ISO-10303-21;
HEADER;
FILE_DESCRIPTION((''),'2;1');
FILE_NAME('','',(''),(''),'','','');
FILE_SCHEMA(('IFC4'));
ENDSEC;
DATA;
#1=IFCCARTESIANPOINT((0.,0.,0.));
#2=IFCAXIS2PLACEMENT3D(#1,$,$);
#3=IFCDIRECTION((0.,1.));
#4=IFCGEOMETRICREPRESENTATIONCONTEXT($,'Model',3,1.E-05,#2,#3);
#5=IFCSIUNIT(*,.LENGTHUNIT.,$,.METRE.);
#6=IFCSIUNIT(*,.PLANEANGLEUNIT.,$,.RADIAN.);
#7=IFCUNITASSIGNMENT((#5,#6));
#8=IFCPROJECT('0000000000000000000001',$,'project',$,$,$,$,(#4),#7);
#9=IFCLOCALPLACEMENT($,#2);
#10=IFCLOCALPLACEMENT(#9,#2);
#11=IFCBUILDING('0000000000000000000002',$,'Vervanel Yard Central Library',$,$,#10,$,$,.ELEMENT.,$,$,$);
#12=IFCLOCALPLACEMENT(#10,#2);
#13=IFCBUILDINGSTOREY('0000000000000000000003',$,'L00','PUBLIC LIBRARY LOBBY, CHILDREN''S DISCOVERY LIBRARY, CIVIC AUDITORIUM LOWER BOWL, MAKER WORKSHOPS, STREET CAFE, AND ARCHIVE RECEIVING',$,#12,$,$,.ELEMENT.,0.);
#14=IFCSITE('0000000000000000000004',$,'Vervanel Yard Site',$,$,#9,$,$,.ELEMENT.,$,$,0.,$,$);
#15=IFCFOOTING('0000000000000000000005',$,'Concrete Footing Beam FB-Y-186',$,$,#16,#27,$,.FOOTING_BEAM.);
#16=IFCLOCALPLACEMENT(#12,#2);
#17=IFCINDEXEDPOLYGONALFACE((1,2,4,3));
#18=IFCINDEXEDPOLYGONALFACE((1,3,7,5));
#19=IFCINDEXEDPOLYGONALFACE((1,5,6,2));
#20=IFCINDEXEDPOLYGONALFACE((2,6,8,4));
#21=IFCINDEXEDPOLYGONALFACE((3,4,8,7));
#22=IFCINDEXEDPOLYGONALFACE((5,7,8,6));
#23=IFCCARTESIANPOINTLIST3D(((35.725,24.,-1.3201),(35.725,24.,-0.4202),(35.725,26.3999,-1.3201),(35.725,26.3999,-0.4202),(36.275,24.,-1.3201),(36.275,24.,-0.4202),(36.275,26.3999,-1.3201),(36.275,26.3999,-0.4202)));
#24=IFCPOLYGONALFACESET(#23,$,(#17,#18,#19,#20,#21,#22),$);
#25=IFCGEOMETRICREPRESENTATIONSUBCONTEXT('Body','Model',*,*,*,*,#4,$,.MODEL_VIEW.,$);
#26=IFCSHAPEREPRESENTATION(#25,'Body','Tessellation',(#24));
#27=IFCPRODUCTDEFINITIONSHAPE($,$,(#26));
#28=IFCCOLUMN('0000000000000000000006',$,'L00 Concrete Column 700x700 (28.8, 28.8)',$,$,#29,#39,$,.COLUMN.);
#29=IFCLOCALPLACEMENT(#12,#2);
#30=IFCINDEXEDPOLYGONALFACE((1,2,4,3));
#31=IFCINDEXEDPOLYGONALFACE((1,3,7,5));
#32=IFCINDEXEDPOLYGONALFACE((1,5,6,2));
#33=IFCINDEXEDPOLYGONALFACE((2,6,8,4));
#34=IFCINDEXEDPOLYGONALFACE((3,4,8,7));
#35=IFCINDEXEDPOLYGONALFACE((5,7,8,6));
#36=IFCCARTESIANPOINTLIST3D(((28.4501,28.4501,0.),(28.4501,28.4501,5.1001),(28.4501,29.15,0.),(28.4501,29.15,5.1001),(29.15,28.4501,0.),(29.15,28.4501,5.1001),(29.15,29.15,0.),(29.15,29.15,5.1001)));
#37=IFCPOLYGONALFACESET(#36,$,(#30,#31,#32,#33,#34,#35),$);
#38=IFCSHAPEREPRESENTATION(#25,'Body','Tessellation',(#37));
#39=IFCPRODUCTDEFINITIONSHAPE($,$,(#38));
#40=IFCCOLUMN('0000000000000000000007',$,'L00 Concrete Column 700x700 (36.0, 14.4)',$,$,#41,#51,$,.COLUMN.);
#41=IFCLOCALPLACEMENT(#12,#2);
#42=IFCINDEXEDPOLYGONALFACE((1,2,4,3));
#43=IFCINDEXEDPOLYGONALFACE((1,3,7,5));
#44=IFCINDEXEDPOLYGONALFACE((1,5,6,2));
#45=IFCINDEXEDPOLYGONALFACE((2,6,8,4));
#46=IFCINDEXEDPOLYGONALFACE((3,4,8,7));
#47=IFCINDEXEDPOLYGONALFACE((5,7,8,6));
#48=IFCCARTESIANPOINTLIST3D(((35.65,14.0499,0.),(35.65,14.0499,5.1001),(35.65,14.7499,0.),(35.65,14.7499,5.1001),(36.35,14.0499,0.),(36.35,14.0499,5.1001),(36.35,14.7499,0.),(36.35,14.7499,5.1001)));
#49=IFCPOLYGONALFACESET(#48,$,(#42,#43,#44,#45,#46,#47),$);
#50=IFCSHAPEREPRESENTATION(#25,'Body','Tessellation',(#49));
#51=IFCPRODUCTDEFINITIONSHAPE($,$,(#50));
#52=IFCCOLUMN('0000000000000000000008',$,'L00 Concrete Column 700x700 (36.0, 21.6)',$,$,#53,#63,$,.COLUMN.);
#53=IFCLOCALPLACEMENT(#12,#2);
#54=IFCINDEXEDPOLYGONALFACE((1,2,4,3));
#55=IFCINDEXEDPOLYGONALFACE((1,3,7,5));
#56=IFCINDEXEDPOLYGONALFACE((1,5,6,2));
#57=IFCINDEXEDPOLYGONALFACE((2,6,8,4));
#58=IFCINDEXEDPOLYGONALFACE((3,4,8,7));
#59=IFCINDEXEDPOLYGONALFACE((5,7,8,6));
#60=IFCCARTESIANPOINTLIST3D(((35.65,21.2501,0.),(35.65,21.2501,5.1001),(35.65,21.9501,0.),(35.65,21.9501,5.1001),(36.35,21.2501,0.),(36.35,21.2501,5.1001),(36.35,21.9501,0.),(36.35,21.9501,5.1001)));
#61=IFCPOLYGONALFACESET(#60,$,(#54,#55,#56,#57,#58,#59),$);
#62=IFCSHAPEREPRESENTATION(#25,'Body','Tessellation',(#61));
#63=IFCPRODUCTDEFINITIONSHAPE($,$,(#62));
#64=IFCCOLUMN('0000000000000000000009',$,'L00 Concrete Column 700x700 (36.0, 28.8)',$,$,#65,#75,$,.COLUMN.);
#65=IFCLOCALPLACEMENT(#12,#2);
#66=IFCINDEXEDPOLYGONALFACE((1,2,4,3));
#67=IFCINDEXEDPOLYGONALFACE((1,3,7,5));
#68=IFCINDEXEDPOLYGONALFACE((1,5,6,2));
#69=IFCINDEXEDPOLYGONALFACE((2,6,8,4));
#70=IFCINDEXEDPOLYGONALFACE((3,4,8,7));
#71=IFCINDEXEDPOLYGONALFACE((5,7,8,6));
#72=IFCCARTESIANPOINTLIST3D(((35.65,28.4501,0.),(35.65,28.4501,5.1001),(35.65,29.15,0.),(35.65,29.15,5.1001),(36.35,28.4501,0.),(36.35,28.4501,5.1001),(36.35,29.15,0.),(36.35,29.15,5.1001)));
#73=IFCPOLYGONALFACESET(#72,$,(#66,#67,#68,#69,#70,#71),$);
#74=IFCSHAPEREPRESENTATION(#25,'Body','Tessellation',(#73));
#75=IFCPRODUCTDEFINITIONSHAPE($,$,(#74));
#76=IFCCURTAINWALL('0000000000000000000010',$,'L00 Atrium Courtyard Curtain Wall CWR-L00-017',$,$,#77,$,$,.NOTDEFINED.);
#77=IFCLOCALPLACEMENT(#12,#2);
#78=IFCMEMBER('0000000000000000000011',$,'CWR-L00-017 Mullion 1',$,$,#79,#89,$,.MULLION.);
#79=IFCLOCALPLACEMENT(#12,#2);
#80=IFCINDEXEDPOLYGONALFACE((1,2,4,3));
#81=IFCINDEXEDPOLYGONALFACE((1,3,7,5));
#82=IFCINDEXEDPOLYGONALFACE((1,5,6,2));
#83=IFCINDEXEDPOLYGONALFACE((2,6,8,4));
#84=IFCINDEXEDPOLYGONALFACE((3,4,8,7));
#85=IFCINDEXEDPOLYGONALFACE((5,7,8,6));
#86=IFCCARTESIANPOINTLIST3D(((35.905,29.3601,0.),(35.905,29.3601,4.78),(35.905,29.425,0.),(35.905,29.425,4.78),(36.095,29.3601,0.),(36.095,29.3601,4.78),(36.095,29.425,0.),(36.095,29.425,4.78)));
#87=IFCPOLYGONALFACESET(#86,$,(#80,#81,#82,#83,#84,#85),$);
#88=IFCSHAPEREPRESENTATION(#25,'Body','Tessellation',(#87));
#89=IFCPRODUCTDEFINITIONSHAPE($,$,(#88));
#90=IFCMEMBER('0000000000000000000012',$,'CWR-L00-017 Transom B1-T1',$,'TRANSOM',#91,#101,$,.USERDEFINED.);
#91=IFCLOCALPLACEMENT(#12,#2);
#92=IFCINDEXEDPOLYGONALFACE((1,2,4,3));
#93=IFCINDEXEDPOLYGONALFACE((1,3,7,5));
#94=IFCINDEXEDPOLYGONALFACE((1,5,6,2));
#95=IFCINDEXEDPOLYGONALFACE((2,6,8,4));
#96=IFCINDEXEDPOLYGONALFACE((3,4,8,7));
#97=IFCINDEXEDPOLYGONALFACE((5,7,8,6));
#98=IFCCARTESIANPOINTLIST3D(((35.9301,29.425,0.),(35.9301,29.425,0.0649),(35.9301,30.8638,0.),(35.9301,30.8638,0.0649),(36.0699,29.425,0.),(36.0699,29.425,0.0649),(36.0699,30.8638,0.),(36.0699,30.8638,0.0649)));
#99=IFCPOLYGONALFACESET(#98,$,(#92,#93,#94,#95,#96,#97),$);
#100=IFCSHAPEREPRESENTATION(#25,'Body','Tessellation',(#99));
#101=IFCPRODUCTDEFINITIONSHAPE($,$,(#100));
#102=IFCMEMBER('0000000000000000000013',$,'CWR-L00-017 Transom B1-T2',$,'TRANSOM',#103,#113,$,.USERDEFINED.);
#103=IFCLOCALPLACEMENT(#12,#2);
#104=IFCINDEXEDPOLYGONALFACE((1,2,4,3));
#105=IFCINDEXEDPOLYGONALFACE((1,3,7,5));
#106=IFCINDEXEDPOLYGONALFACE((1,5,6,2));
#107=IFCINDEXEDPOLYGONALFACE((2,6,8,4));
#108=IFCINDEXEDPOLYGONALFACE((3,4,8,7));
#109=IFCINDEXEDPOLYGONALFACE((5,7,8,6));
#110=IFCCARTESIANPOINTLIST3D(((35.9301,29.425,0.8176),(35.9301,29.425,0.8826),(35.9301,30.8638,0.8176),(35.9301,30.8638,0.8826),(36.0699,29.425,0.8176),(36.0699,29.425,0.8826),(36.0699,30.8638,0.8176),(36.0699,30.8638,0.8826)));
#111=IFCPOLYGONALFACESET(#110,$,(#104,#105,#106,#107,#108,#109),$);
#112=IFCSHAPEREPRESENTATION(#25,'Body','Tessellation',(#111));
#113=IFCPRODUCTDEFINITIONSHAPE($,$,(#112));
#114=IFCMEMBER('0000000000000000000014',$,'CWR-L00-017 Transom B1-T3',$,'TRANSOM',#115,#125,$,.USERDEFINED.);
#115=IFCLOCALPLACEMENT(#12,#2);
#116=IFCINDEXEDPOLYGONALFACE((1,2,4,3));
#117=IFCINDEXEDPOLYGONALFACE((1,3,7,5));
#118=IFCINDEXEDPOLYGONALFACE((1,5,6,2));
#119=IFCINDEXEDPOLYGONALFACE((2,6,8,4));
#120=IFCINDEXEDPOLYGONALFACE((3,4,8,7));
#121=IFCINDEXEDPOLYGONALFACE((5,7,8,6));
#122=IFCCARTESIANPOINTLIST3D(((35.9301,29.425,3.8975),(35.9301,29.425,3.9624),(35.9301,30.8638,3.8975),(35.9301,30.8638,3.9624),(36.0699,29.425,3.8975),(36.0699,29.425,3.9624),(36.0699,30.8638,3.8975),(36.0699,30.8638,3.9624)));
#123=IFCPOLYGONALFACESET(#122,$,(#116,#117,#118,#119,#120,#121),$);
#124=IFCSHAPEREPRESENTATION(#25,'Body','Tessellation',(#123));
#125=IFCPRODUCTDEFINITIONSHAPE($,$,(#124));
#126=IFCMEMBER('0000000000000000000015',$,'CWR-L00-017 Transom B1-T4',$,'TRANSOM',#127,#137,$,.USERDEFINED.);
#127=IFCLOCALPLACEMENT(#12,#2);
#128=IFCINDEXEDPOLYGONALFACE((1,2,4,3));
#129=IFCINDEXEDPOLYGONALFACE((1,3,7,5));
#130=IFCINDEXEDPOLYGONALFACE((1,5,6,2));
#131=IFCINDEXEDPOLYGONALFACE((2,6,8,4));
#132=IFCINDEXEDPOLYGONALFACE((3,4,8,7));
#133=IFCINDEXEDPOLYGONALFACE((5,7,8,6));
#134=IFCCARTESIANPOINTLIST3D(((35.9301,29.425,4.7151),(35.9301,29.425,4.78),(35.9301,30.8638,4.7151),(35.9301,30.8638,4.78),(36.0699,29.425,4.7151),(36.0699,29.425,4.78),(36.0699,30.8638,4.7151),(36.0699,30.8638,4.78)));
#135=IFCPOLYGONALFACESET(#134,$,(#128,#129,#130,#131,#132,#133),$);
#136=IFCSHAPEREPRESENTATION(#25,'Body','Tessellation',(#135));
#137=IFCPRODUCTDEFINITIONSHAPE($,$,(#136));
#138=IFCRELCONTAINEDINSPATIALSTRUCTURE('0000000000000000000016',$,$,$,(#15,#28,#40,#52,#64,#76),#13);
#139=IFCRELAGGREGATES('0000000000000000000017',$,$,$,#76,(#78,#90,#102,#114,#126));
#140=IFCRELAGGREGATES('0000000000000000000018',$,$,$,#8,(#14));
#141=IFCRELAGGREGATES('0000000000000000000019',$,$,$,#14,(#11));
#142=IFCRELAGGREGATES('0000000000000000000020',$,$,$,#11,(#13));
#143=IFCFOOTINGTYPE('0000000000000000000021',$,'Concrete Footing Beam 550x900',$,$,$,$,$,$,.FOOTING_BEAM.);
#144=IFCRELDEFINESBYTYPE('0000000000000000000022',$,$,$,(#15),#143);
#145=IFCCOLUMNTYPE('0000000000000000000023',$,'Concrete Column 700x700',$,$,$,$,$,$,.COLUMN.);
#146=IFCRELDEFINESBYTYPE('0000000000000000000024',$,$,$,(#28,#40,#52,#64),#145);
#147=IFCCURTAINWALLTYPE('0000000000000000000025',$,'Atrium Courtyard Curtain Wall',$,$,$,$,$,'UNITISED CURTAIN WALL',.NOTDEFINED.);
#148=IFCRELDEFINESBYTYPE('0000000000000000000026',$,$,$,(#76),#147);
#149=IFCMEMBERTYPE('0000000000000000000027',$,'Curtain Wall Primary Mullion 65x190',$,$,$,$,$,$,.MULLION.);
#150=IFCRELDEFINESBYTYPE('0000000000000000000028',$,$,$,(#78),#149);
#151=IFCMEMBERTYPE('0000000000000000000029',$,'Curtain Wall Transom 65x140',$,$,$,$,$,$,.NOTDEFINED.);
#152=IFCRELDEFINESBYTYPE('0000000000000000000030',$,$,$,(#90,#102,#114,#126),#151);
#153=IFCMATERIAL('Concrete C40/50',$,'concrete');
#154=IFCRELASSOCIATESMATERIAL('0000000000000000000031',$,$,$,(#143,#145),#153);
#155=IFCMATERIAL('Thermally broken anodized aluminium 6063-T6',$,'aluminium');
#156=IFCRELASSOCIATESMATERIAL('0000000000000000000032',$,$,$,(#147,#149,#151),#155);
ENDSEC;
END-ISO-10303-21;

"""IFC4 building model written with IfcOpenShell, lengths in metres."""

from ifc_helpers import new_model, si_unit, direction, frame, origin, origin_2d, place, context, subcontext, project, spatial, rectangle, extrude, material, material_profile, profile_set, type_object, element, aggregate, save


model = new_model("IFC4")

# Units and contexts
model_context = context("Model", 3, precision=1e-05, world=origin(), true_north=direction((0.0, 1.0)))
body_context = subcontext(model_context, "Body", "Model", "MODEL_VIEW")
ifc_project = project(units=[si_unit("LENGTHUNIT", "METRE"), si_unit("PLANEANGLEUNIT", "RADIAN")], contexts=[model_context])

# Site, building, storey
site_placement = place(None, origin())
site = spatial("IfcSite", under=ifc_project, at=site_placement, Name="Vervanel Yard Site", CompositionType="ELEMENT", RefElevation=0.0)
building_placement = place(site_placement, origin())
building = spatial("IfcBuilding", under=site, at=building_placement, Name="Vervanel Yard Central Library", CompositionType="ELEMENT")
storey_placement = place(building_placement, origin())
storey = spatial("IfcBuildingStorey", under=building, at=storey_placement, Name="L00", Description="PUBLIC LIBRARY LOBBY, CHILDREN'S DISCOVERY LIBRARY, CIVIC AUDITORIUM LOWER BOWL, MAKER WORKSHOPS, STREET CAFE, AND ARCHIVE RECEIVING", CompositionType="ELEMENT", Elevation=0.0)

# Shared definitions
ifc_material_1 = material(Name="Concrete C40/50", Category="concrete")

# Footing
ifc_material_profile_1 = material_profile(ifc_material_1, rectangle(XDim=0.55, YDim=0.8999, at=origin_2d()), Name="RC 550x900", Category="concrete")
ifc_profile_set_1 = profile_set([ifc_material_profile_1], Name="Concrete C40/50")
footing_type_1 = type_object("IfcFootingType", Name="Concrete Footing Beam 550x900", PredefinedType="FOOTING_BEAM", material=ifc_profile_set_1)
for number, where, z_axis, x_axis, name in (
    (1, (36.0, 24.0, -0.8701), (0.0, 1.0, 0.0), (-1.0, 0.0, 0.0), "Concrete Footing Beam FB-Y-186"),
):
    element("IfcFooting", number, at=place(storey_placement, frame(where, z_axis=z_axis, x_axis=x_axis)), inside=storey, type_object=footing_type_1, Name=name, PredefinedType="FOOTING_BEAM", context=body_context, shape_type="SweptSolid", body=[
        extrude(rectangle(XDim=0.55, YDim=0.8999, at=origin_2d()), origin(), (0.0, 0.0, 1.0), 2.3999),
    ])

# Columns
ifc_material_profile_2 = material_profile(ifc_material_1, rectangle(XDim=0.7, YDim=0.7, at=origin_2d()), Name="RC 700x700", Category="concrete")
ifc_profile_set_2 = profile_set([ifc_material_profile_2], Name="Concrete C40/50")
column_type = type_object("IfcColumnType", Name="Concrete Column 700x700", PredefinedType="COLUMN", material=ifc_profile_set_2)
for number, where, z_axis, x_axis, name in (
    (2, (28.8, 28.8, 0.0), (0.0, 0.0, 1.0), (1.0, 0.0, 0.0), "L00 Concrete Column 700x700 (28.8, 28.8)"),
    (3, (36.0, 14.3999, 0.0), (0.0, 0.0, 1.0), (1.0, 0.0, 0.0), "L00 Concrete Column 700x700 (36.0, 14.4)"),
    (4, (36.0, 21.6001, 0.0), (0.0, 0.0, 1.0), (1.0, 0.0, 0.0), "L00 Concrete Column 700x700 (36.0, 21.6)"),
    (5, (36.0, 28.8, 0.0), (0.0, 0.0, 1.0), (1.0, 0.0, 0.0), "L00 Concrete Column 700x700 (36.0, 28.8)"),
):
    element("IfcColumn", number, at=place(storey_placement, frame(where, z_axis=z_axis, x_axis=x_axis)), inside=storey, type_object=column_type, Name=name, PredefinedType="COLUMN", context=body_context, shape_type="SweptSolid", body=[
        extrude(rectangle(XDim=0.7, YDim=0.7, at=origin_2d()), origin(), (0.0, 0.0, 1.0), 5.1001),
    ])

# Curtain wall, members
ifc_material_2 = material(Name="Thermally broken anodized aluminium 6063-T6", Category="aluminium")
curtain_wall_type = type_object("IfcCurtainWallType", Name="Atrium Courtyard Curtain Wall", ElementType="UNITISED CURTAIN WALL", PredefinedType="NOTDEFINED", material=ifc_material_2)
curtain_wall_placement = place(storey_placement, origin())
curtain_wall = element("IfcCurtainWall", 6, at=curtain_wall_placement, inside=storey, type_object=curtain_wall_type, Name="L00 Atrium Courtyard Curtain Wall CWR-L00-017", PredefinedType="NOTDEFINED")
ifc_material_profile_3 = material_profile(ifc_material_2, rectangle(XDim=0.0649, YDim=0.1899, at=origin_2d()), Name="ALU 65x190", Category="aluminium")
ifc_profile_set_3 = profile_set([ifc_material_profile_3], Name="Thermally broken anodized aluminium 6063-T6")
member_type_1 = type_object("IfcMemberType", Name="Curtain Wall Primary Mullion 65x190", PredefinedType="MULLION", material=ifc_profile_set_3)
member_1_placement = place(storey_placement, frame((36.0, 29.3926, 0.0), z_axis=(0.0, 0.0, 1.0), x_axis=(0.0, 1.0, 0.0)))
member_1 = element("IfcMember", 7, at=member_1_placement, type_object=member_type_1, Name="CWR-L00-017 Mullion 1", PredefinedType="MULLION", context=body_context, shape_type="SweptSolid", body=[
    extrude(rectangle(XDim=0.0649, YDim=0.1899, at=origin_2d()), origin(), (0.0, 0.0, 1.0), 4.78),
])
ifc_material_profile_4 = material_profile(ifc_material_2, rectangle(XDim=0.0649, YDim=0.1399, at=origin_2d()), Name="ALU 65x140", Category="aluminium")
ifc_profile_set_4 = profile_set([ifc_material_profile_4], Name="Thermally broken anodized aluminium 6063-T6")
member_type_2 = type_object("IfcMemberType", Name="Curtain Wall Transom 65x140", PredefinedType="NOTDEFINED", material=ifc_profile_set_4)
member_2_placement = place(storey_placement, frame((36.0, 29.425, 0.0325), z_axis=(0.0, 1.0, 0.0), x_axis=(0.0, 0.0, 1.0)))
member_2 = element("IfcMember", 8, at=member_2_placement, type_object=member_type_2, Name="CWR-L00-017 Transom B1-T1", ObjectType="TRANSOM", PredefinedType="USERDEFINED", context=body_context, shape_type="SweptSolid", body=[
    extrude(rectangle(XDim=0.0649, YDim=0.1399, at=origin_2d()), origin(), (0.0, 0.0, 1.0), 1.4387),
])
member_3_placement = place(storey_placement, frame((36.0, 29.425, 0.8501), z_axis=(0.0, 1.0, 0.0), x_axis=(0.0, 0.0, 1.0)))
member_3 = element("IfcMember", 9, at=member_3_placement, type_object=member_type_2, Name="CWR-L00-017 Transom B1-T2", ObjectType="TRANSOM", PredefinedType="USERDEFINED", context=body_context, shape_type="SweptSolid", body=[
    extrude(rectangle(XDim=0.0649, YDim=0.1399, at=origin_2d()), origin(), (0.0, 0.0, 1.0), 1.4387),
])
member_4_placement = place(storey_placement, frame((36.0, 29.425, 3.9299), z_axis=(0.0, 1.0, 0.0), x_axis=(0.0, 0.0, 1.0)))
member_4 = element("IfcMember", 10, at=member_4_placement, type_object=member_type_2, Name="CWR-L00-017 Transom B1-T3", ObjectType="TRANSOM", PredefinedType="USERDEFINED", context=body_context, shape_type="SweptSolid", body=[
    extrude(rectangle(XDim=0.0649, YDim=0.1399, at=origin_2d()), origin(), (0.0, 0.0, 1.0), 1.4387),
])
member_5_placement = place(storey_placement, frame((36.0, 29.425, 4.7476), z_axis=(0.0, 1.0, 0.0), x_axis=(0.0, 0.0, 1.0)))
member_5 = element("IfcMember", 11, at=member_5_placement, type_object=member_type_2, Name="CWR-L00-017 Transom B1-T4", ObjectType="TRANSOM", PredefinedType="USERDEFINED", context=body_context, shape_type="SweptSolid", body=[
    extrude(rectangle(XDim=0.0649, YDim=0.1399, at=origin_2d()), origin(), (0.0, 0.0, 1.0), 1.4387),
])
aggregate(curtain_wall, [member_1, member_2, member_3, member_4, member_5])

save(model, "model.ifc")
